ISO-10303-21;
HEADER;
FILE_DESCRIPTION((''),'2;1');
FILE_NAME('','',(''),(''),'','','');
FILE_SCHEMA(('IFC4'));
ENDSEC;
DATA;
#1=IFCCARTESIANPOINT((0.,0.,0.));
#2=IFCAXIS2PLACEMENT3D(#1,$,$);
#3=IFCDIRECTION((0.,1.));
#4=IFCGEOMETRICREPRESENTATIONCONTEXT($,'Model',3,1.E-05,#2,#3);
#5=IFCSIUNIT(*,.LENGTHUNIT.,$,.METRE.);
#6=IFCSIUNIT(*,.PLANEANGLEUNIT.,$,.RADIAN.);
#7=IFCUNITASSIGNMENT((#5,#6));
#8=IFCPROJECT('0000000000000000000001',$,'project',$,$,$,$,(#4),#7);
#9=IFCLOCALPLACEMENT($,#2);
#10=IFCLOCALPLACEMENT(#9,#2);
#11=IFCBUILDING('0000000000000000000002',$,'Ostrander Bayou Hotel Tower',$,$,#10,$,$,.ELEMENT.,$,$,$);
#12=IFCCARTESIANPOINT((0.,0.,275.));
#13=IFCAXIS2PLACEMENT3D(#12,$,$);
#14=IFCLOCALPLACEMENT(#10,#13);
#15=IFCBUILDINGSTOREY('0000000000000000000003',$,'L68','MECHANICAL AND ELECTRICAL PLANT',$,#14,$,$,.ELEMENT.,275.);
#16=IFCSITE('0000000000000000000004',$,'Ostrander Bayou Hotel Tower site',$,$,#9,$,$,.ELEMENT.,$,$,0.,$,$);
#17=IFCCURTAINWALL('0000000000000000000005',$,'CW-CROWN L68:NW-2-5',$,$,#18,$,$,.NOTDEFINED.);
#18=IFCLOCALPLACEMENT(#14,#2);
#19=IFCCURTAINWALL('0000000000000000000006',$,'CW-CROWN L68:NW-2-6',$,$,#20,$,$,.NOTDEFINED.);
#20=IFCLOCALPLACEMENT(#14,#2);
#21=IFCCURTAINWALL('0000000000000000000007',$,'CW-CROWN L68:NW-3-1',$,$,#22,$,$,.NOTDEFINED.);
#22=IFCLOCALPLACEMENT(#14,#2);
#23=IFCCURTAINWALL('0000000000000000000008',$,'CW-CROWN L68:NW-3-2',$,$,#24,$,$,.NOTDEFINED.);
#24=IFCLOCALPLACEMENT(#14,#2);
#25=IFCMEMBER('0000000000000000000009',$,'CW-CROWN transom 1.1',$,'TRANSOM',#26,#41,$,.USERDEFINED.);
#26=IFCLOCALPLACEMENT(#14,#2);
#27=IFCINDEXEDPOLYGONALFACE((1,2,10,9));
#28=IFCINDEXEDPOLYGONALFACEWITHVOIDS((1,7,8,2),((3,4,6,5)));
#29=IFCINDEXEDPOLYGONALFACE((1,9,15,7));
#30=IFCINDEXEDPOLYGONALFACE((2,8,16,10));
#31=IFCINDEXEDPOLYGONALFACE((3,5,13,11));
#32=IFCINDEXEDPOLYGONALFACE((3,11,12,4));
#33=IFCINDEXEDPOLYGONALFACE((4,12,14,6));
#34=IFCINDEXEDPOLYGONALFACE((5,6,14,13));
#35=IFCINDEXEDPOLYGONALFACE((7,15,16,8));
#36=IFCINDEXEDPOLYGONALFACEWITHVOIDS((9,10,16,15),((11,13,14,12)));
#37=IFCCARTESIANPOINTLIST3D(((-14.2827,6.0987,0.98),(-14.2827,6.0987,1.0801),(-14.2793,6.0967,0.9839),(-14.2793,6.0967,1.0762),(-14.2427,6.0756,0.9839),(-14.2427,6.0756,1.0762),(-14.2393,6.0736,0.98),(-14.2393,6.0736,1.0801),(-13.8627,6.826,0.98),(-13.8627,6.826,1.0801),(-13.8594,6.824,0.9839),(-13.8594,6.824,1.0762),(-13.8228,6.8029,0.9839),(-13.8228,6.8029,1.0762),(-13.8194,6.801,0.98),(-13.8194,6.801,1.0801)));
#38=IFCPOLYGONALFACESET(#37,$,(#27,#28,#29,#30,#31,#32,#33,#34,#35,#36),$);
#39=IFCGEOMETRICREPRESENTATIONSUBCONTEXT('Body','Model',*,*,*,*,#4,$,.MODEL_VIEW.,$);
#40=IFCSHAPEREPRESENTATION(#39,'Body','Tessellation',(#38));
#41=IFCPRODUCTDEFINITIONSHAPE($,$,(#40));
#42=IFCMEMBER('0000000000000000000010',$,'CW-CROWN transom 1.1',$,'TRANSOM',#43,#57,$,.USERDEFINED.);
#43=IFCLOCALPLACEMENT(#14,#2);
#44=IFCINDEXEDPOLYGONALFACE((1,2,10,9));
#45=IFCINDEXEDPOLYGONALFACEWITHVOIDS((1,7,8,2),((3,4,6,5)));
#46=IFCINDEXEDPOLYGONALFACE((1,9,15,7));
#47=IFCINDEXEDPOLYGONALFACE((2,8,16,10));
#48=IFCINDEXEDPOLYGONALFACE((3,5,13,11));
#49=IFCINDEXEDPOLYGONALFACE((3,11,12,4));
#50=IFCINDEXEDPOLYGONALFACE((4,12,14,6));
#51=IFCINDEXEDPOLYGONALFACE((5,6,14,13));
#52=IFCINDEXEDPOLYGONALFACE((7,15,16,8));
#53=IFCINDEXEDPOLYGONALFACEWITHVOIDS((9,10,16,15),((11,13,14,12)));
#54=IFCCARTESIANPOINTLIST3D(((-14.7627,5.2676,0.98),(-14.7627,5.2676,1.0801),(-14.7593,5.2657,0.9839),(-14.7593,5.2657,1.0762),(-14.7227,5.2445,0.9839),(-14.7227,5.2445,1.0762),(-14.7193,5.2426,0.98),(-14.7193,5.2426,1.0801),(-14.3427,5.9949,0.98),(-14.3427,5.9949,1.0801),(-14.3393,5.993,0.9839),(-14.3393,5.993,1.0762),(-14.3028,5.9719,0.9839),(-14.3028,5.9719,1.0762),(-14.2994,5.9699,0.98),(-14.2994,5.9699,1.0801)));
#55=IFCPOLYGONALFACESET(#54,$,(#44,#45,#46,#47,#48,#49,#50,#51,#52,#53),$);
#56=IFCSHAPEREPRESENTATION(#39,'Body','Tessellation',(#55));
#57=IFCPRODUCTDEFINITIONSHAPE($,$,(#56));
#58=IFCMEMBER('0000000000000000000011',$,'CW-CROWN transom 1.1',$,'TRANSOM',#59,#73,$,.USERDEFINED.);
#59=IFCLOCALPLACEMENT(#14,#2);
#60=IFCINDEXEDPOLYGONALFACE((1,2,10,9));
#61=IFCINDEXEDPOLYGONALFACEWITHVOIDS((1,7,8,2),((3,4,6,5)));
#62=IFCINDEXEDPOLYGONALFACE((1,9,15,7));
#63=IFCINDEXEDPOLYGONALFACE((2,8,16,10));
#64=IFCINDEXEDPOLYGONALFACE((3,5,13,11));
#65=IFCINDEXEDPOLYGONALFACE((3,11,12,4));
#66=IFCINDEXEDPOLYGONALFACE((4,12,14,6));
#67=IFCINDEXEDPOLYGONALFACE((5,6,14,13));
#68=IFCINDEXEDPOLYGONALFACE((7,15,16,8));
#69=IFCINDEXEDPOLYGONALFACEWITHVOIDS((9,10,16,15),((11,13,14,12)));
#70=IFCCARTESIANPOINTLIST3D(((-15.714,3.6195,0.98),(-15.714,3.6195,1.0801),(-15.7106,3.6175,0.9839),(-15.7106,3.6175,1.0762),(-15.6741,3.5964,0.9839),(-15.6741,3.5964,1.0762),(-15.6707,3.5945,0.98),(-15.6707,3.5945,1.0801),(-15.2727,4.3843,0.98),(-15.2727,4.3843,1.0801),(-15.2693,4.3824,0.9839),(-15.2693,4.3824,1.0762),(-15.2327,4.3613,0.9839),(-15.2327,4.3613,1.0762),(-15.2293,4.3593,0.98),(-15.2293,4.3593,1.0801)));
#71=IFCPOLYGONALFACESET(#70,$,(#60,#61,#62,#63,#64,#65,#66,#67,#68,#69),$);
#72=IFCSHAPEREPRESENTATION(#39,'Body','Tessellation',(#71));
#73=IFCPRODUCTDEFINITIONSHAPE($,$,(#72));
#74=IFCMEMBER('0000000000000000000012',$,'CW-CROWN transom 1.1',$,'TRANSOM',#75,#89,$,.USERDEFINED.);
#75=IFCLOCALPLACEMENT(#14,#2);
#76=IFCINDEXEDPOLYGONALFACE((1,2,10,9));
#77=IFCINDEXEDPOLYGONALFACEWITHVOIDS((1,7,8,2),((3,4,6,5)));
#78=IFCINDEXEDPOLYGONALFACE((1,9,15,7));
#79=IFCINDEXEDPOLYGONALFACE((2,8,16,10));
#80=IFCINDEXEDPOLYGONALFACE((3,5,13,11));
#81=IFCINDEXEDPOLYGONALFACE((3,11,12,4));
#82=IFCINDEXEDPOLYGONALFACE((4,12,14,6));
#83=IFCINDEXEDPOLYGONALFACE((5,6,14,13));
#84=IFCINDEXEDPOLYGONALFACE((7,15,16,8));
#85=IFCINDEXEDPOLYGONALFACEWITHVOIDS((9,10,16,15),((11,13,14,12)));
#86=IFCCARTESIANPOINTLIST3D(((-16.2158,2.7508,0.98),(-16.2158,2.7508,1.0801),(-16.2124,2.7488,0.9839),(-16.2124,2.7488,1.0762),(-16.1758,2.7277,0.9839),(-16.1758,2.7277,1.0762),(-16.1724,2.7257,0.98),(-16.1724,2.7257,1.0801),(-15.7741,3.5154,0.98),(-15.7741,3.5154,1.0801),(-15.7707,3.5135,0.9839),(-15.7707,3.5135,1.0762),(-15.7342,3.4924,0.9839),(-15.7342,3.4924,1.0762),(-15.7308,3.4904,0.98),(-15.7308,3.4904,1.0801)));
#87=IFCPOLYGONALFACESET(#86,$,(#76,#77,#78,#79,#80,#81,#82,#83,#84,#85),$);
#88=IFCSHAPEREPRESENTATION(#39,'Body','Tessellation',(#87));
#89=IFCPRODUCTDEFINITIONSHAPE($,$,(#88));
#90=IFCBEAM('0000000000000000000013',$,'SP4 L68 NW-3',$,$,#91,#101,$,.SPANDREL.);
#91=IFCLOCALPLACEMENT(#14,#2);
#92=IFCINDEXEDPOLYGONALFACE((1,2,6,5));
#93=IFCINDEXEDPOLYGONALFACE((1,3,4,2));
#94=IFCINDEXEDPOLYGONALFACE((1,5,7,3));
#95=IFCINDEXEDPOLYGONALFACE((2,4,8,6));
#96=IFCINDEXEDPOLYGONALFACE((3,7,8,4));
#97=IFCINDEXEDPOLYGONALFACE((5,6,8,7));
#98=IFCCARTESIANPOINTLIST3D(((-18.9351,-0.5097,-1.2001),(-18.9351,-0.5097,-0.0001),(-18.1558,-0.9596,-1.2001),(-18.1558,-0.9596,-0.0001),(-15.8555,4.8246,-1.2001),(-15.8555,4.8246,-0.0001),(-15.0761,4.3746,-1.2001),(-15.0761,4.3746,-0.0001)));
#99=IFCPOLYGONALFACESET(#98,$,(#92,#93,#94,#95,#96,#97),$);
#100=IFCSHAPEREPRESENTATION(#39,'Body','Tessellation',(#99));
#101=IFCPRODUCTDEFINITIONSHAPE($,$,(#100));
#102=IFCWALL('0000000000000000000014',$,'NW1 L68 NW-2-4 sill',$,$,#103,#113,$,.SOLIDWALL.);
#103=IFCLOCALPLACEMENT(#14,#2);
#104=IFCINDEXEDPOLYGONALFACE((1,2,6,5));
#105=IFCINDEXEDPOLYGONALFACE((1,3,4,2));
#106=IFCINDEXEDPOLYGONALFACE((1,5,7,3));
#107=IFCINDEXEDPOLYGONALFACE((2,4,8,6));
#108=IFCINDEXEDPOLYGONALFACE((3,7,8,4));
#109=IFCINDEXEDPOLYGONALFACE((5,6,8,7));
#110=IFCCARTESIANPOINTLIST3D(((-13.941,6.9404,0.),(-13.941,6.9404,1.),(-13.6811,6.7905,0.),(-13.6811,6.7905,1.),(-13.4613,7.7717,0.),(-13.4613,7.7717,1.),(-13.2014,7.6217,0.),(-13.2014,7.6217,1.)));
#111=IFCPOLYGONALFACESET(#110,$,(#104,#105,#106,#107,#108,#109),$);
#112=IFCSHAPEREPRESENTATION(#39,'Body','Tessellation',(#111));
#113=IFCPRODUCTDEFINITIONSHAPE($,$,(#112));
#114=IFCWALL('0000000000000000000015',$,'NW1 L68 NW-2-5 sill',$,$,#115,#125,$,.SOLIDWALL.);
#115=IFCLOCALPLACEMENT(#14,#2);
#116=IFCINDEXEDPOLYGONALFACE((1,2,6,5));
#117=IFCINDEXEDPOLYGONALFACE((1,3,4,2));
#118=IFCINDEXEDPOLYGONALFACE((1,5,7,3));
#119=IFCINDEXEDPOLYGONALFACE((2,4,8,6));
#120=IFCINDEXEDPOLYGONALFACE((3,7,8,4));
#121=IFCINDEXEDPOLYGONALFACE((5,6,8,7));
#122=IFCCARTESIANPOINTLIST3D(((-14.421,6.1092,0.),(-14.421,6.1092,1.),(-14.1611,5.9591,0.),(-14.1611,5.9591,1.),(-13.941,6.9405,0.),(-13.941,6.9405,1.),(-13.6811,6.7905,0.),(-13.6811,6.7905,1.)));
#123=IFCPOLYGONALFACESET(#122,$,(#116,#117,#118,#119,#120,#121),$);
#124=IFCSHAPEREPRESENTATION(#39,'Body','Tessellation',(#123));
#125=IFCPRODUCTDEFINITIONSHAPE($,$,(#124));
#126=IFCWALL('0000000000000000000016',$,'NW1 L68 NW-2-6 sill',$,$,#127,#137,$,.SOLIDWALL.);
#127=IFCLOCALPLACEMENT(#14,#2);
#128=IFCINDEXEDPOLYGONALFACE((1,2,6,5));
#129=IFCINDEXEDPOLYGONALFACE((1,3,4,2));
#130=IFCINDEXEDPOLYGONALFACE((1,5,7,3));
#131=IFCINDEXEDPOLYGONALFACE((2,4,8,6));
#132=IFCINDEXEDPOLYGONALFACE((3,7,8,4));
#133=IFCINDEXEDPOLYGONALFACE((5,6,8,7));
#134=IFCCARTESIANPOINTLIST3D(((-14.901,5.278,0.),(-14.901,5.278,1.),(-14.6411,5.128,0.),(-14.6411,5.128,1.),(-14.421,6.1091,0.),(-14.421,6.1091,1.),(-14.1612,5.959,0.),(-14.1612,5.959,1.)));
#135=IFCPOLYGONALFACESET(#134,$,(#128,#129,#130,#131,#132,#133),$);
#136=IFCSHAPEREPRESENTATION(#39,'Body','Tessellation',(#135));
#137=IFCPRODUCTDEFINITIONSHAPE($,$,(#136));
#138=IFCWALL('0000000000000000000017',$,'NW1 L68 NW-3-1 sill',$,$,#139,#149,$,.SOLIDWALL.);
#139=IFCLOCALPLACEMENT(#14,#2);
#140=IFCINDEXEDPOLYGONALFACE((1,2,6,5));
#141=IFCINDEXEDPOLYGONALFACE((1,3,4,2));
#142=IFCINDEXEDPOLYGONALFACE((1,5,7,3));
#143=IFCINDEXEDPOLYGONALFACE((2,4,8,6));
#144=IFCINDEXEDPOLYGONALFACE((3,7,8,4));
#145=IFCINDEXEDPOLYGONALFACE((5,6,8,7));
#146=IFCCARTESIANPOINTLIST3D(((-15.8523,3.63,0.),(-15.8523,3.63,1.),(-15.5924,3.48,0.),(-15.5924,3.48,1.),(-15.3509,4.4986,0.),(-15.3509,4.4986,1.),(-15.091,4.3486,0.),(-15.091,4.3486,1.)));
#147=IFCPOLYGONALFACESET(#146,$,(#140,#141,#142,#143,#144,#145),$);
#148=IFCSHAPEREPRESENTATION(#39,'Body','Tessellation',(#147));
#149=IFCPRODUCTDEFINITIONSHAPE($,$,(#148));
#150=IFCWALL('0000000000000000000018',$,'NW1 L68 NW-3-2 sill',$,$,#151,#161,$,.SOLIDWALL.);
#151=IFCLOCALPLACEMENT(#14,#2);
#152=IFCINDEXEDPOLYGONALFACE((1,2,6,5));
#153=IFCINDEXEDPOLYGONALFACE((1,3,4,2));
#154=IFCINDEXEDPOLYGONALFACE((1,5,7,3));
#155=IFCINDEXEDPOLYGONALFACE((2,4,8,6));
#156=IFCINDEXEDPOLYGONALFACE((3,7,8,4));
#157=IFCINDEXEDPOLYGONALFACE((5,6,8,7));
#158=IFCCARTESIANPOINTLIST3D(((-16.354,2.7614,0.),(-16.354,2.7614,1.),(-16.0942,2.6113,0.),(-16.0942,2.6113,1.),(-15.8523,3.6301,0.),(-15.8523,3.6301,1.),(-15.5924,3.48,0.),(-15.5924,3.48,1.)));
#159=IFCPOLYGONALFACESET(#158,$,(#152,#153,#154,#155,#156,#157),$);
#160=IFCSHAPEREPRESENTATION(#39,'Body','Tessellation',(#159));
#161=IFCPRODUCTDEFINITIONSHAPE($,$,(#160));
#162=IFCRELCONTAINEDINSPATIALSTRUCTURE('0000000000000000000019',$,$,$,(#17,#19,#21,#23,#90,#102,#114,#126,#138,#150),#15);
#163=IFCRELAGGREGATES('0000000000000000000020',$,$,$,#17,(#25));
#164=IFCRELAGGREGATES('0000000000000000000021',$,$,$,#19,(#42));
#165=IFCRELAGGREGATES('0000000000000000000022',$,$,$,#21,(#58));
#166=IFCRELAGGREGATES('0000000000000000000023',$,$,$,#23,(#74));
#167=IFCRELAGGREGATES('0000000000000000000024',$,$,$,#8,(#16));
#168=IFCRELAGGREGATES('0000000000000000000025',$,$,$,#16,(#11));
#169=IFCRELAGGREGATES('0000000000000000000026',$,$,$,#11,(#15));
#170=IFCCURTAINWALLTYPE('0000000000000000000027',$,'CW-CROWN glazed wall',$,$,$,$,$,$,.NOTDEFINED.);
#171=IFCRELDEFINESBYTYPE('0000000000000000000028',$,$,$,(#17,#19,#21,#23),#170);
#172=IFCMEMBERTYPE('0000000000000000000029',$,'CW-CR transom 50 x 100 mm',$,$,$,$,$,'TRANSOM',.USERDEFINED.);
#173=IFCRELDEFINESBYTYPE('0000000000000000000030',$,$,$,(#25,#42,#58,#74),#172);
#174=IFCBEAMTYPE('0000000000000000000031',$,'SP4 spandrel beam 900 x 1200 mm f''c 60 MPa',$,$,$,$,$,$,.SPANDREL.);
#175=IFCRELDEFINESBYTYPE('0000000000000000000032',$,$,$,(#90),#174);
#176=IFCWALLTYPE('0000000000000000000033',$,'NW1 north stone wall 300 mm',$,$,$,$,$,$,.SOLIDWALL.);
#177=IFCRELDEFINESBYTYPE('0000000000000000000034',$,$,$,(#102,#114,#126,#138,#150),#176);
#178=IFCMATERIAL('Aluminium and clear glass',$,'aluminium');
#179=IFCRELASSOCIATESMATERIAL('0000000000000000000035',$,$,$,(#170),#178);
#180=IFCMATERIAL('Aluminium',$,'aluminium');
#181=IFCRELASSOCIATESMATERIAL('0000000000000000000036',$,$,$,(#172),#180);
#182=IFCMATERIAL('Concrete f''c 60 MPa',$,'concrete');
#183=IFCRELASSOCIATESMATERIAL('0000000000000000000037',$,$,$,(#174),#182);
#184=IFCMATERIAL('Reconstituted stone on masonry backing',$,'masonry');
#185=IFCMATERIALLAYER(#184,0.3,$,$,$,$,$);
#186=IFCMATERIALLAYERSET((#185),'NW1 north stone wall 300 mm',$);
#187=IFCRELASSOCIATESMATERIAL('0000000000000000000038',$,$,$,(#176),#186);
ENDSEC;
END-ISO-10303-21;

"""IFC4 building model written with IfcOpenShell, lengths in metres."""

from ifc_helpers import new_model, si_unit, direction, frame, frame_2d, origin, origin_2d, place, context, subcontext, project, spatial, rectangle, hollow_rectangle, extrude, material, layer, layer_set, material_profile, profile_set, type_object, element, aggregate, save


model = new_model("IFC4")

# Units and contexts
model_context = context("Model", 3, precision=1e-05, world=origin(), true_north=direction((0.0, 1.0)))
body_context = subcontext(model_context, "Body", "Model", "MODEL_VIEW")
ifc_project = project(units=[si_unit("LENGTHUNIT", "METRE"), si_unit("PLANEANGLEUNIT", "RADIAN")], contexts=[model_context])

# Site, building, storey
site_placement = place(None, origin())
site = spatial("IfcSite", under=ifc_project, at=site_placement, Name="Ostrander Bayou Hotel Tower site", CompositionType="ELEMENT", RefElevation=0.0)
building_placement = place(site_placement, origin())
building = spatial("IfcBuilding", under=site, at=building_placement, Name="Ostrander Bayou Hotel Tower", CompositionType="ELEMENT")
storey_placement = place(building_placement, frame((0.0, 0.0, 275.0)))
storey = spatial("IfcBuildingStorey", under=building, at=storey_placement, Name="L68", Description="MECHANICAL AND ELECTRICAL PLANT", CompositionType="ELEMENT", Elevation=275.0)

# Curtain walls
ifc_material_1 = material(Name="Aluminium and clear glass", Category="aluminium")
curtain_wall_type = type_object("IfcCurtainWallType", Name="CW-CROWN glazed wall", PredefinedType="NOTDEFINED", material=ifc_material_1)
curtain_wall_1_placement = place(storey_placement, origin())
curtain_wall_1 = element("IfcCurtainWall", 1, at=curtain_wall_1_placement, inside=storey, type_object=curtain_wall_type, Name="CW-CROWN L68:NW-2-5", PredefinedType="NOTDEFINED")
curtain_wall_2_placement = place(storey_placement, origin())
curtain_wall_2 = element("IfcCurtainWall", 2, at=curtain_wall_2_placement, inside=storey, type_object=curtain_wall_type, Name="CW-CROWN L68:NW-2-6", PredefinedType="NOTDEFINED")
curtain_wall_3_placement = place(storey_placement, origin())
curtain_wall_3 = element("IfcCurtainWall", 3, at=curtain_wall_3_placement, inside=storey, type_object=curtain_wall_type, Name="CW-CROWN L68:NW-3-1", PredefinedType="NOTDEFINED")

# Curtain wall
curtain_wall_4_placement = place(storey_placement, origin())
curtain_wall_4 = element("IfcCurtainWall", 4, at=curtain_wall_4_placement, inside=storey, type_object=curtain_wall_type, Name="CW-CROWN L68:NW-3-2", PredefinedType="NOTDEFINED")

# Members
ifc_material_2 = material(Name="Aluminium", Category="aluminium")
ifc_material_profile_1 = material_profile(ifc_material_2, hollow_rectangle(XDim=0.05, YDim=0.1001, WallThickness=0.0039, at=origin_2d()))
ifc_profile_set_1 = profile_set([ifc_material_profile_1], Name="Aluminium")
member_type_1 = type_object("IfcMemberType", Name="CW-CR transom 50 x 100 mm", ElementType="TRANSOM", PredefinedType="USERDEFINED", material=ifc_profile_set_1)
member_1_placement = place(storey_placement, frame((-13.8411, 6.8135, 1.03), z_axis=(-0.500016, -0.866016, 0.0), x_axis=(0.866016, -0.500016, 0.0)))
member_1 = element("IfcMember", 5, at=member_1_placement, type_object=member_type_1, Name="CW-CROWN transom 1.1", ObjectType="TRANSOM", PredefinedType="USERDEFINED", context=body_context, shape_type="SweptSolid", body=[
    extrude(hollow_rectangle(XDim=0.05, YDim=0.1001, WallThickness=0.0039, at=origin_2d()), origin(), (0.0, 0.0, 1.0), 0.8398),
])
aggregate(curtain_wall_1, [member_1])
member_2_placement = place(storey_placement, frame((-14.321, 5.9824, 1.03), z_axis=(-0.500016, -0.866016, 0.0), x_axis=(0.866016, -0.500016, 0.0)))
member_2 = element("IfcMember", 6, at=member_2_placement, type_object=member_type_1, Name="CW-CROWN transom 1.1", ObjectType="TRANSOM", PredefinedType="USERDEFINED", context=body_context, shape_type="SweptSolid", body=[
    extrude(hollow_rectangle(XDim=0.05, YDim=0.1001, WallThickness=0.0039, at=origin_2d()), origin(), (0.0, 0.0, 1.0), 0.8398),
])
aggregate(curtain_wall_2, [member_2])
member_3_placement = place(storey_placement, frame((-15.251, 4.3718, 1.03), z_axis=(-0.499826, -0.866126, 0.0), x_axis=(0.866126, -0.499826, 0.0)))
member_3 = element("IfcMember", 7, at=member_3_placement, type_object=member_type_1, Name="CW-CROWN transom 1.1", ObjectType="TRANSOM", PredefinedType="USERDEFINED", context=body_context, shape_type="SweptSolid", body=[
    extrude(hollow_rectangle(XDim=0.05, YDim=0.1001, WallThickness=0.0039, at=origin_2d()), origin(), (0.0, 0.0, 1.0), 0.8831),
])
aggregate(curtain_wall_3, [member_3])
member_4_placement = place(storey_placement, frame((-15.7524, 3.5029, 1.03), z_axis=(-0.500153, -0.865937, 0.0), x_axis=(0.865937, -0.500153, 0.0)))
member_4 = element("IfcMember", 8, at=member_4_placement, type_object=member_type_1, Name="CW-CROWN transom 1.1", ObjectType="TRANSOM", PredefinedType="USERDEFINED", context=body_context, shape_type="SweptSolid", body=[
    extrude(hollow_rectangle(XDim=0.05, YDim=0.1001, WallThickness=0.0039, at=origin_2d()), origin(), (0.0, 0.0, 1.0), 0.8831),
])
aggregate(curtain_wall_4, [member_4])

# Beam
ifc_material_3 = material(Name="Concrete f'c 60 MPa", Category="concrete")
ifc_material_profile_2 = material_profile(ifc_material_3, rectangle(XDim=0.8999, YDim=1.2, at=origin_2d()))
ifc_profile_set_2 = profile_set([ifc_material_profile_2], Name="Concrete f'c 60 MPa")
beam_type = type_object("IfcBeamType", Name="SP4 spandrel beam 900 x 1200 mm f'c 60 MPa", PredefinedType="SPANDREL", material=ifc_profile_set_2)
beam_placement = place(storey_placement, frame((-15.4658, 4.5996, -0.6001), z_axis=(-0.499984, -0.866034, 0.0), x_axis=(0.866034, -0.499984, 0.0)))
element("IfcBeam", 9, at=beam_placement, inside=storey, type_object=beam_type, Name="SP4 L68 NW-3", PredefinedType="SPANDREL", context=body_context, shape_type="SweptSolid", body=[
    extrude(rectangle(XDim=0.8999, YDim=1.2, at=origin_2d()), origin(), (0.0, 0.0, 1.0), 6.1594),
])

# Walls
ifc_material_4 = material(Name="Reconstituted stone on masonry backing", Category="masonry")
ifc_layer = layer(ifc_material_4, 0.3)
ifc_layer_set = layer_set([ifc_layer], Name="NW1 north stone wall 300 mm")
wall_type = type_object("IfcWallType", Name="NW1 north stone wall 300 mm", PredefinedType="SOLIDWALL", material=ifc_layer_set)
wall_1_placement = place(storey_placement, frame((-13.3313, 7.6968, 0.0), z_axis=(0.0, 0.0, 1.0), x_axis=(-0.499833, -0.866122, 0.0)))
element("IfcWall", 10, at=wall_1_placement, inside=storey, type_object=wall_type, Name="NW1 L68 NW-2-4 sill", PredefinedType="SOLIDWALL", context=body_context, shape_type="SweptSolid", body=[
    extrude(rectangle(XDim=0.9597, YDim=0.3, at=frame_2d((0.48, 0.0))), origin(), (0.0, 0.0, 1.0), 1.0),
])
wall_2_placement = place(storey_placement, frame((-13.811, 6.8655, 0.0), z_axis=(0.0, 0.0, 1.0), x_axis=(-0.500023, -0.866012, 0.0)))
element("IfcWall", 11, at=wall_2_placement, inside=storey, type_object=wall_type, Name="NW1 L68 NW-2-5 sill", PredefinedType="SOLIDWALL", context=body_context, shape_type="SweptSolid", body=[
    extrude(rectangle(XDim=0.96, YDim=0.3, at=frame_2d((0.48, 0.0))), origin(), (0.0, 0.0, 1.0), 1.0),
])
wall_3_placement = place(storey_placement, frame((-14.291, 6.0342, 0.0), z_axis=(0.0, 0.0, 1.0), x_axis=(-0.500133, -0.865948, 0.0)))
element("IfcWall", 12, at=wall_3_placement, inside=storey, type_object=wall_type, Name="NW1 L68 NW-2-6 sill", PredefinedType="SOLIDWALL", context=body_context, shape_type="SweptSolid", body=[
    extrude(rectangle(XDim=0.9597, YDim=0.3, at=frame_2d((0.48, 0.0))), origin(), (0.0, 0.0, 1.0), 1.0),
])
wall_4_placement = place(storey_placement, frame((-15.2209, 4.4236, 0.0), z_axis=(0.0, 0.0, 1.0), x_axis=(-0.499961, -0.866048, 0.0)))
element("IfcWall", 13, at=wall_4_placement, inside=storey, type_object=wall_type, Name="NW1 L68 NW-3-1 sill", PredefinedType="SOLIDWALL", context=body_context, shape_type="SweptSolid", body=[
    extrude(rectangle(XDim=1.0029, YDim=0.3, at=frame_2d((0.5015, 0.0))), origin(), (0.0, 0.0, 1.0), 1.0),
])
wall_5_placement = place(storey_placement, frame((-15.7224, 3.5549, 0.0), z_axis=(0.0, 0.0, 1.0), x_axis=(-0.500144, -0.865942, 0.0)))
element("IfcWall", 14, at=wall_5_placement, inside=storey, type_object=wall_type, Name="NW1 L68 NW-3-2 sill", PredefinedType="SOLIDWALL", context=body_context, shape_type="SweptSolid", body=[
    extrude(rectangle(XDim=1.0032, YDim=0.3, at=frame_2d((0.5015, 0.0))), origin(), (0.0, 0.0, 1.0), 1.0),
])

save(model, "model.ifc")
